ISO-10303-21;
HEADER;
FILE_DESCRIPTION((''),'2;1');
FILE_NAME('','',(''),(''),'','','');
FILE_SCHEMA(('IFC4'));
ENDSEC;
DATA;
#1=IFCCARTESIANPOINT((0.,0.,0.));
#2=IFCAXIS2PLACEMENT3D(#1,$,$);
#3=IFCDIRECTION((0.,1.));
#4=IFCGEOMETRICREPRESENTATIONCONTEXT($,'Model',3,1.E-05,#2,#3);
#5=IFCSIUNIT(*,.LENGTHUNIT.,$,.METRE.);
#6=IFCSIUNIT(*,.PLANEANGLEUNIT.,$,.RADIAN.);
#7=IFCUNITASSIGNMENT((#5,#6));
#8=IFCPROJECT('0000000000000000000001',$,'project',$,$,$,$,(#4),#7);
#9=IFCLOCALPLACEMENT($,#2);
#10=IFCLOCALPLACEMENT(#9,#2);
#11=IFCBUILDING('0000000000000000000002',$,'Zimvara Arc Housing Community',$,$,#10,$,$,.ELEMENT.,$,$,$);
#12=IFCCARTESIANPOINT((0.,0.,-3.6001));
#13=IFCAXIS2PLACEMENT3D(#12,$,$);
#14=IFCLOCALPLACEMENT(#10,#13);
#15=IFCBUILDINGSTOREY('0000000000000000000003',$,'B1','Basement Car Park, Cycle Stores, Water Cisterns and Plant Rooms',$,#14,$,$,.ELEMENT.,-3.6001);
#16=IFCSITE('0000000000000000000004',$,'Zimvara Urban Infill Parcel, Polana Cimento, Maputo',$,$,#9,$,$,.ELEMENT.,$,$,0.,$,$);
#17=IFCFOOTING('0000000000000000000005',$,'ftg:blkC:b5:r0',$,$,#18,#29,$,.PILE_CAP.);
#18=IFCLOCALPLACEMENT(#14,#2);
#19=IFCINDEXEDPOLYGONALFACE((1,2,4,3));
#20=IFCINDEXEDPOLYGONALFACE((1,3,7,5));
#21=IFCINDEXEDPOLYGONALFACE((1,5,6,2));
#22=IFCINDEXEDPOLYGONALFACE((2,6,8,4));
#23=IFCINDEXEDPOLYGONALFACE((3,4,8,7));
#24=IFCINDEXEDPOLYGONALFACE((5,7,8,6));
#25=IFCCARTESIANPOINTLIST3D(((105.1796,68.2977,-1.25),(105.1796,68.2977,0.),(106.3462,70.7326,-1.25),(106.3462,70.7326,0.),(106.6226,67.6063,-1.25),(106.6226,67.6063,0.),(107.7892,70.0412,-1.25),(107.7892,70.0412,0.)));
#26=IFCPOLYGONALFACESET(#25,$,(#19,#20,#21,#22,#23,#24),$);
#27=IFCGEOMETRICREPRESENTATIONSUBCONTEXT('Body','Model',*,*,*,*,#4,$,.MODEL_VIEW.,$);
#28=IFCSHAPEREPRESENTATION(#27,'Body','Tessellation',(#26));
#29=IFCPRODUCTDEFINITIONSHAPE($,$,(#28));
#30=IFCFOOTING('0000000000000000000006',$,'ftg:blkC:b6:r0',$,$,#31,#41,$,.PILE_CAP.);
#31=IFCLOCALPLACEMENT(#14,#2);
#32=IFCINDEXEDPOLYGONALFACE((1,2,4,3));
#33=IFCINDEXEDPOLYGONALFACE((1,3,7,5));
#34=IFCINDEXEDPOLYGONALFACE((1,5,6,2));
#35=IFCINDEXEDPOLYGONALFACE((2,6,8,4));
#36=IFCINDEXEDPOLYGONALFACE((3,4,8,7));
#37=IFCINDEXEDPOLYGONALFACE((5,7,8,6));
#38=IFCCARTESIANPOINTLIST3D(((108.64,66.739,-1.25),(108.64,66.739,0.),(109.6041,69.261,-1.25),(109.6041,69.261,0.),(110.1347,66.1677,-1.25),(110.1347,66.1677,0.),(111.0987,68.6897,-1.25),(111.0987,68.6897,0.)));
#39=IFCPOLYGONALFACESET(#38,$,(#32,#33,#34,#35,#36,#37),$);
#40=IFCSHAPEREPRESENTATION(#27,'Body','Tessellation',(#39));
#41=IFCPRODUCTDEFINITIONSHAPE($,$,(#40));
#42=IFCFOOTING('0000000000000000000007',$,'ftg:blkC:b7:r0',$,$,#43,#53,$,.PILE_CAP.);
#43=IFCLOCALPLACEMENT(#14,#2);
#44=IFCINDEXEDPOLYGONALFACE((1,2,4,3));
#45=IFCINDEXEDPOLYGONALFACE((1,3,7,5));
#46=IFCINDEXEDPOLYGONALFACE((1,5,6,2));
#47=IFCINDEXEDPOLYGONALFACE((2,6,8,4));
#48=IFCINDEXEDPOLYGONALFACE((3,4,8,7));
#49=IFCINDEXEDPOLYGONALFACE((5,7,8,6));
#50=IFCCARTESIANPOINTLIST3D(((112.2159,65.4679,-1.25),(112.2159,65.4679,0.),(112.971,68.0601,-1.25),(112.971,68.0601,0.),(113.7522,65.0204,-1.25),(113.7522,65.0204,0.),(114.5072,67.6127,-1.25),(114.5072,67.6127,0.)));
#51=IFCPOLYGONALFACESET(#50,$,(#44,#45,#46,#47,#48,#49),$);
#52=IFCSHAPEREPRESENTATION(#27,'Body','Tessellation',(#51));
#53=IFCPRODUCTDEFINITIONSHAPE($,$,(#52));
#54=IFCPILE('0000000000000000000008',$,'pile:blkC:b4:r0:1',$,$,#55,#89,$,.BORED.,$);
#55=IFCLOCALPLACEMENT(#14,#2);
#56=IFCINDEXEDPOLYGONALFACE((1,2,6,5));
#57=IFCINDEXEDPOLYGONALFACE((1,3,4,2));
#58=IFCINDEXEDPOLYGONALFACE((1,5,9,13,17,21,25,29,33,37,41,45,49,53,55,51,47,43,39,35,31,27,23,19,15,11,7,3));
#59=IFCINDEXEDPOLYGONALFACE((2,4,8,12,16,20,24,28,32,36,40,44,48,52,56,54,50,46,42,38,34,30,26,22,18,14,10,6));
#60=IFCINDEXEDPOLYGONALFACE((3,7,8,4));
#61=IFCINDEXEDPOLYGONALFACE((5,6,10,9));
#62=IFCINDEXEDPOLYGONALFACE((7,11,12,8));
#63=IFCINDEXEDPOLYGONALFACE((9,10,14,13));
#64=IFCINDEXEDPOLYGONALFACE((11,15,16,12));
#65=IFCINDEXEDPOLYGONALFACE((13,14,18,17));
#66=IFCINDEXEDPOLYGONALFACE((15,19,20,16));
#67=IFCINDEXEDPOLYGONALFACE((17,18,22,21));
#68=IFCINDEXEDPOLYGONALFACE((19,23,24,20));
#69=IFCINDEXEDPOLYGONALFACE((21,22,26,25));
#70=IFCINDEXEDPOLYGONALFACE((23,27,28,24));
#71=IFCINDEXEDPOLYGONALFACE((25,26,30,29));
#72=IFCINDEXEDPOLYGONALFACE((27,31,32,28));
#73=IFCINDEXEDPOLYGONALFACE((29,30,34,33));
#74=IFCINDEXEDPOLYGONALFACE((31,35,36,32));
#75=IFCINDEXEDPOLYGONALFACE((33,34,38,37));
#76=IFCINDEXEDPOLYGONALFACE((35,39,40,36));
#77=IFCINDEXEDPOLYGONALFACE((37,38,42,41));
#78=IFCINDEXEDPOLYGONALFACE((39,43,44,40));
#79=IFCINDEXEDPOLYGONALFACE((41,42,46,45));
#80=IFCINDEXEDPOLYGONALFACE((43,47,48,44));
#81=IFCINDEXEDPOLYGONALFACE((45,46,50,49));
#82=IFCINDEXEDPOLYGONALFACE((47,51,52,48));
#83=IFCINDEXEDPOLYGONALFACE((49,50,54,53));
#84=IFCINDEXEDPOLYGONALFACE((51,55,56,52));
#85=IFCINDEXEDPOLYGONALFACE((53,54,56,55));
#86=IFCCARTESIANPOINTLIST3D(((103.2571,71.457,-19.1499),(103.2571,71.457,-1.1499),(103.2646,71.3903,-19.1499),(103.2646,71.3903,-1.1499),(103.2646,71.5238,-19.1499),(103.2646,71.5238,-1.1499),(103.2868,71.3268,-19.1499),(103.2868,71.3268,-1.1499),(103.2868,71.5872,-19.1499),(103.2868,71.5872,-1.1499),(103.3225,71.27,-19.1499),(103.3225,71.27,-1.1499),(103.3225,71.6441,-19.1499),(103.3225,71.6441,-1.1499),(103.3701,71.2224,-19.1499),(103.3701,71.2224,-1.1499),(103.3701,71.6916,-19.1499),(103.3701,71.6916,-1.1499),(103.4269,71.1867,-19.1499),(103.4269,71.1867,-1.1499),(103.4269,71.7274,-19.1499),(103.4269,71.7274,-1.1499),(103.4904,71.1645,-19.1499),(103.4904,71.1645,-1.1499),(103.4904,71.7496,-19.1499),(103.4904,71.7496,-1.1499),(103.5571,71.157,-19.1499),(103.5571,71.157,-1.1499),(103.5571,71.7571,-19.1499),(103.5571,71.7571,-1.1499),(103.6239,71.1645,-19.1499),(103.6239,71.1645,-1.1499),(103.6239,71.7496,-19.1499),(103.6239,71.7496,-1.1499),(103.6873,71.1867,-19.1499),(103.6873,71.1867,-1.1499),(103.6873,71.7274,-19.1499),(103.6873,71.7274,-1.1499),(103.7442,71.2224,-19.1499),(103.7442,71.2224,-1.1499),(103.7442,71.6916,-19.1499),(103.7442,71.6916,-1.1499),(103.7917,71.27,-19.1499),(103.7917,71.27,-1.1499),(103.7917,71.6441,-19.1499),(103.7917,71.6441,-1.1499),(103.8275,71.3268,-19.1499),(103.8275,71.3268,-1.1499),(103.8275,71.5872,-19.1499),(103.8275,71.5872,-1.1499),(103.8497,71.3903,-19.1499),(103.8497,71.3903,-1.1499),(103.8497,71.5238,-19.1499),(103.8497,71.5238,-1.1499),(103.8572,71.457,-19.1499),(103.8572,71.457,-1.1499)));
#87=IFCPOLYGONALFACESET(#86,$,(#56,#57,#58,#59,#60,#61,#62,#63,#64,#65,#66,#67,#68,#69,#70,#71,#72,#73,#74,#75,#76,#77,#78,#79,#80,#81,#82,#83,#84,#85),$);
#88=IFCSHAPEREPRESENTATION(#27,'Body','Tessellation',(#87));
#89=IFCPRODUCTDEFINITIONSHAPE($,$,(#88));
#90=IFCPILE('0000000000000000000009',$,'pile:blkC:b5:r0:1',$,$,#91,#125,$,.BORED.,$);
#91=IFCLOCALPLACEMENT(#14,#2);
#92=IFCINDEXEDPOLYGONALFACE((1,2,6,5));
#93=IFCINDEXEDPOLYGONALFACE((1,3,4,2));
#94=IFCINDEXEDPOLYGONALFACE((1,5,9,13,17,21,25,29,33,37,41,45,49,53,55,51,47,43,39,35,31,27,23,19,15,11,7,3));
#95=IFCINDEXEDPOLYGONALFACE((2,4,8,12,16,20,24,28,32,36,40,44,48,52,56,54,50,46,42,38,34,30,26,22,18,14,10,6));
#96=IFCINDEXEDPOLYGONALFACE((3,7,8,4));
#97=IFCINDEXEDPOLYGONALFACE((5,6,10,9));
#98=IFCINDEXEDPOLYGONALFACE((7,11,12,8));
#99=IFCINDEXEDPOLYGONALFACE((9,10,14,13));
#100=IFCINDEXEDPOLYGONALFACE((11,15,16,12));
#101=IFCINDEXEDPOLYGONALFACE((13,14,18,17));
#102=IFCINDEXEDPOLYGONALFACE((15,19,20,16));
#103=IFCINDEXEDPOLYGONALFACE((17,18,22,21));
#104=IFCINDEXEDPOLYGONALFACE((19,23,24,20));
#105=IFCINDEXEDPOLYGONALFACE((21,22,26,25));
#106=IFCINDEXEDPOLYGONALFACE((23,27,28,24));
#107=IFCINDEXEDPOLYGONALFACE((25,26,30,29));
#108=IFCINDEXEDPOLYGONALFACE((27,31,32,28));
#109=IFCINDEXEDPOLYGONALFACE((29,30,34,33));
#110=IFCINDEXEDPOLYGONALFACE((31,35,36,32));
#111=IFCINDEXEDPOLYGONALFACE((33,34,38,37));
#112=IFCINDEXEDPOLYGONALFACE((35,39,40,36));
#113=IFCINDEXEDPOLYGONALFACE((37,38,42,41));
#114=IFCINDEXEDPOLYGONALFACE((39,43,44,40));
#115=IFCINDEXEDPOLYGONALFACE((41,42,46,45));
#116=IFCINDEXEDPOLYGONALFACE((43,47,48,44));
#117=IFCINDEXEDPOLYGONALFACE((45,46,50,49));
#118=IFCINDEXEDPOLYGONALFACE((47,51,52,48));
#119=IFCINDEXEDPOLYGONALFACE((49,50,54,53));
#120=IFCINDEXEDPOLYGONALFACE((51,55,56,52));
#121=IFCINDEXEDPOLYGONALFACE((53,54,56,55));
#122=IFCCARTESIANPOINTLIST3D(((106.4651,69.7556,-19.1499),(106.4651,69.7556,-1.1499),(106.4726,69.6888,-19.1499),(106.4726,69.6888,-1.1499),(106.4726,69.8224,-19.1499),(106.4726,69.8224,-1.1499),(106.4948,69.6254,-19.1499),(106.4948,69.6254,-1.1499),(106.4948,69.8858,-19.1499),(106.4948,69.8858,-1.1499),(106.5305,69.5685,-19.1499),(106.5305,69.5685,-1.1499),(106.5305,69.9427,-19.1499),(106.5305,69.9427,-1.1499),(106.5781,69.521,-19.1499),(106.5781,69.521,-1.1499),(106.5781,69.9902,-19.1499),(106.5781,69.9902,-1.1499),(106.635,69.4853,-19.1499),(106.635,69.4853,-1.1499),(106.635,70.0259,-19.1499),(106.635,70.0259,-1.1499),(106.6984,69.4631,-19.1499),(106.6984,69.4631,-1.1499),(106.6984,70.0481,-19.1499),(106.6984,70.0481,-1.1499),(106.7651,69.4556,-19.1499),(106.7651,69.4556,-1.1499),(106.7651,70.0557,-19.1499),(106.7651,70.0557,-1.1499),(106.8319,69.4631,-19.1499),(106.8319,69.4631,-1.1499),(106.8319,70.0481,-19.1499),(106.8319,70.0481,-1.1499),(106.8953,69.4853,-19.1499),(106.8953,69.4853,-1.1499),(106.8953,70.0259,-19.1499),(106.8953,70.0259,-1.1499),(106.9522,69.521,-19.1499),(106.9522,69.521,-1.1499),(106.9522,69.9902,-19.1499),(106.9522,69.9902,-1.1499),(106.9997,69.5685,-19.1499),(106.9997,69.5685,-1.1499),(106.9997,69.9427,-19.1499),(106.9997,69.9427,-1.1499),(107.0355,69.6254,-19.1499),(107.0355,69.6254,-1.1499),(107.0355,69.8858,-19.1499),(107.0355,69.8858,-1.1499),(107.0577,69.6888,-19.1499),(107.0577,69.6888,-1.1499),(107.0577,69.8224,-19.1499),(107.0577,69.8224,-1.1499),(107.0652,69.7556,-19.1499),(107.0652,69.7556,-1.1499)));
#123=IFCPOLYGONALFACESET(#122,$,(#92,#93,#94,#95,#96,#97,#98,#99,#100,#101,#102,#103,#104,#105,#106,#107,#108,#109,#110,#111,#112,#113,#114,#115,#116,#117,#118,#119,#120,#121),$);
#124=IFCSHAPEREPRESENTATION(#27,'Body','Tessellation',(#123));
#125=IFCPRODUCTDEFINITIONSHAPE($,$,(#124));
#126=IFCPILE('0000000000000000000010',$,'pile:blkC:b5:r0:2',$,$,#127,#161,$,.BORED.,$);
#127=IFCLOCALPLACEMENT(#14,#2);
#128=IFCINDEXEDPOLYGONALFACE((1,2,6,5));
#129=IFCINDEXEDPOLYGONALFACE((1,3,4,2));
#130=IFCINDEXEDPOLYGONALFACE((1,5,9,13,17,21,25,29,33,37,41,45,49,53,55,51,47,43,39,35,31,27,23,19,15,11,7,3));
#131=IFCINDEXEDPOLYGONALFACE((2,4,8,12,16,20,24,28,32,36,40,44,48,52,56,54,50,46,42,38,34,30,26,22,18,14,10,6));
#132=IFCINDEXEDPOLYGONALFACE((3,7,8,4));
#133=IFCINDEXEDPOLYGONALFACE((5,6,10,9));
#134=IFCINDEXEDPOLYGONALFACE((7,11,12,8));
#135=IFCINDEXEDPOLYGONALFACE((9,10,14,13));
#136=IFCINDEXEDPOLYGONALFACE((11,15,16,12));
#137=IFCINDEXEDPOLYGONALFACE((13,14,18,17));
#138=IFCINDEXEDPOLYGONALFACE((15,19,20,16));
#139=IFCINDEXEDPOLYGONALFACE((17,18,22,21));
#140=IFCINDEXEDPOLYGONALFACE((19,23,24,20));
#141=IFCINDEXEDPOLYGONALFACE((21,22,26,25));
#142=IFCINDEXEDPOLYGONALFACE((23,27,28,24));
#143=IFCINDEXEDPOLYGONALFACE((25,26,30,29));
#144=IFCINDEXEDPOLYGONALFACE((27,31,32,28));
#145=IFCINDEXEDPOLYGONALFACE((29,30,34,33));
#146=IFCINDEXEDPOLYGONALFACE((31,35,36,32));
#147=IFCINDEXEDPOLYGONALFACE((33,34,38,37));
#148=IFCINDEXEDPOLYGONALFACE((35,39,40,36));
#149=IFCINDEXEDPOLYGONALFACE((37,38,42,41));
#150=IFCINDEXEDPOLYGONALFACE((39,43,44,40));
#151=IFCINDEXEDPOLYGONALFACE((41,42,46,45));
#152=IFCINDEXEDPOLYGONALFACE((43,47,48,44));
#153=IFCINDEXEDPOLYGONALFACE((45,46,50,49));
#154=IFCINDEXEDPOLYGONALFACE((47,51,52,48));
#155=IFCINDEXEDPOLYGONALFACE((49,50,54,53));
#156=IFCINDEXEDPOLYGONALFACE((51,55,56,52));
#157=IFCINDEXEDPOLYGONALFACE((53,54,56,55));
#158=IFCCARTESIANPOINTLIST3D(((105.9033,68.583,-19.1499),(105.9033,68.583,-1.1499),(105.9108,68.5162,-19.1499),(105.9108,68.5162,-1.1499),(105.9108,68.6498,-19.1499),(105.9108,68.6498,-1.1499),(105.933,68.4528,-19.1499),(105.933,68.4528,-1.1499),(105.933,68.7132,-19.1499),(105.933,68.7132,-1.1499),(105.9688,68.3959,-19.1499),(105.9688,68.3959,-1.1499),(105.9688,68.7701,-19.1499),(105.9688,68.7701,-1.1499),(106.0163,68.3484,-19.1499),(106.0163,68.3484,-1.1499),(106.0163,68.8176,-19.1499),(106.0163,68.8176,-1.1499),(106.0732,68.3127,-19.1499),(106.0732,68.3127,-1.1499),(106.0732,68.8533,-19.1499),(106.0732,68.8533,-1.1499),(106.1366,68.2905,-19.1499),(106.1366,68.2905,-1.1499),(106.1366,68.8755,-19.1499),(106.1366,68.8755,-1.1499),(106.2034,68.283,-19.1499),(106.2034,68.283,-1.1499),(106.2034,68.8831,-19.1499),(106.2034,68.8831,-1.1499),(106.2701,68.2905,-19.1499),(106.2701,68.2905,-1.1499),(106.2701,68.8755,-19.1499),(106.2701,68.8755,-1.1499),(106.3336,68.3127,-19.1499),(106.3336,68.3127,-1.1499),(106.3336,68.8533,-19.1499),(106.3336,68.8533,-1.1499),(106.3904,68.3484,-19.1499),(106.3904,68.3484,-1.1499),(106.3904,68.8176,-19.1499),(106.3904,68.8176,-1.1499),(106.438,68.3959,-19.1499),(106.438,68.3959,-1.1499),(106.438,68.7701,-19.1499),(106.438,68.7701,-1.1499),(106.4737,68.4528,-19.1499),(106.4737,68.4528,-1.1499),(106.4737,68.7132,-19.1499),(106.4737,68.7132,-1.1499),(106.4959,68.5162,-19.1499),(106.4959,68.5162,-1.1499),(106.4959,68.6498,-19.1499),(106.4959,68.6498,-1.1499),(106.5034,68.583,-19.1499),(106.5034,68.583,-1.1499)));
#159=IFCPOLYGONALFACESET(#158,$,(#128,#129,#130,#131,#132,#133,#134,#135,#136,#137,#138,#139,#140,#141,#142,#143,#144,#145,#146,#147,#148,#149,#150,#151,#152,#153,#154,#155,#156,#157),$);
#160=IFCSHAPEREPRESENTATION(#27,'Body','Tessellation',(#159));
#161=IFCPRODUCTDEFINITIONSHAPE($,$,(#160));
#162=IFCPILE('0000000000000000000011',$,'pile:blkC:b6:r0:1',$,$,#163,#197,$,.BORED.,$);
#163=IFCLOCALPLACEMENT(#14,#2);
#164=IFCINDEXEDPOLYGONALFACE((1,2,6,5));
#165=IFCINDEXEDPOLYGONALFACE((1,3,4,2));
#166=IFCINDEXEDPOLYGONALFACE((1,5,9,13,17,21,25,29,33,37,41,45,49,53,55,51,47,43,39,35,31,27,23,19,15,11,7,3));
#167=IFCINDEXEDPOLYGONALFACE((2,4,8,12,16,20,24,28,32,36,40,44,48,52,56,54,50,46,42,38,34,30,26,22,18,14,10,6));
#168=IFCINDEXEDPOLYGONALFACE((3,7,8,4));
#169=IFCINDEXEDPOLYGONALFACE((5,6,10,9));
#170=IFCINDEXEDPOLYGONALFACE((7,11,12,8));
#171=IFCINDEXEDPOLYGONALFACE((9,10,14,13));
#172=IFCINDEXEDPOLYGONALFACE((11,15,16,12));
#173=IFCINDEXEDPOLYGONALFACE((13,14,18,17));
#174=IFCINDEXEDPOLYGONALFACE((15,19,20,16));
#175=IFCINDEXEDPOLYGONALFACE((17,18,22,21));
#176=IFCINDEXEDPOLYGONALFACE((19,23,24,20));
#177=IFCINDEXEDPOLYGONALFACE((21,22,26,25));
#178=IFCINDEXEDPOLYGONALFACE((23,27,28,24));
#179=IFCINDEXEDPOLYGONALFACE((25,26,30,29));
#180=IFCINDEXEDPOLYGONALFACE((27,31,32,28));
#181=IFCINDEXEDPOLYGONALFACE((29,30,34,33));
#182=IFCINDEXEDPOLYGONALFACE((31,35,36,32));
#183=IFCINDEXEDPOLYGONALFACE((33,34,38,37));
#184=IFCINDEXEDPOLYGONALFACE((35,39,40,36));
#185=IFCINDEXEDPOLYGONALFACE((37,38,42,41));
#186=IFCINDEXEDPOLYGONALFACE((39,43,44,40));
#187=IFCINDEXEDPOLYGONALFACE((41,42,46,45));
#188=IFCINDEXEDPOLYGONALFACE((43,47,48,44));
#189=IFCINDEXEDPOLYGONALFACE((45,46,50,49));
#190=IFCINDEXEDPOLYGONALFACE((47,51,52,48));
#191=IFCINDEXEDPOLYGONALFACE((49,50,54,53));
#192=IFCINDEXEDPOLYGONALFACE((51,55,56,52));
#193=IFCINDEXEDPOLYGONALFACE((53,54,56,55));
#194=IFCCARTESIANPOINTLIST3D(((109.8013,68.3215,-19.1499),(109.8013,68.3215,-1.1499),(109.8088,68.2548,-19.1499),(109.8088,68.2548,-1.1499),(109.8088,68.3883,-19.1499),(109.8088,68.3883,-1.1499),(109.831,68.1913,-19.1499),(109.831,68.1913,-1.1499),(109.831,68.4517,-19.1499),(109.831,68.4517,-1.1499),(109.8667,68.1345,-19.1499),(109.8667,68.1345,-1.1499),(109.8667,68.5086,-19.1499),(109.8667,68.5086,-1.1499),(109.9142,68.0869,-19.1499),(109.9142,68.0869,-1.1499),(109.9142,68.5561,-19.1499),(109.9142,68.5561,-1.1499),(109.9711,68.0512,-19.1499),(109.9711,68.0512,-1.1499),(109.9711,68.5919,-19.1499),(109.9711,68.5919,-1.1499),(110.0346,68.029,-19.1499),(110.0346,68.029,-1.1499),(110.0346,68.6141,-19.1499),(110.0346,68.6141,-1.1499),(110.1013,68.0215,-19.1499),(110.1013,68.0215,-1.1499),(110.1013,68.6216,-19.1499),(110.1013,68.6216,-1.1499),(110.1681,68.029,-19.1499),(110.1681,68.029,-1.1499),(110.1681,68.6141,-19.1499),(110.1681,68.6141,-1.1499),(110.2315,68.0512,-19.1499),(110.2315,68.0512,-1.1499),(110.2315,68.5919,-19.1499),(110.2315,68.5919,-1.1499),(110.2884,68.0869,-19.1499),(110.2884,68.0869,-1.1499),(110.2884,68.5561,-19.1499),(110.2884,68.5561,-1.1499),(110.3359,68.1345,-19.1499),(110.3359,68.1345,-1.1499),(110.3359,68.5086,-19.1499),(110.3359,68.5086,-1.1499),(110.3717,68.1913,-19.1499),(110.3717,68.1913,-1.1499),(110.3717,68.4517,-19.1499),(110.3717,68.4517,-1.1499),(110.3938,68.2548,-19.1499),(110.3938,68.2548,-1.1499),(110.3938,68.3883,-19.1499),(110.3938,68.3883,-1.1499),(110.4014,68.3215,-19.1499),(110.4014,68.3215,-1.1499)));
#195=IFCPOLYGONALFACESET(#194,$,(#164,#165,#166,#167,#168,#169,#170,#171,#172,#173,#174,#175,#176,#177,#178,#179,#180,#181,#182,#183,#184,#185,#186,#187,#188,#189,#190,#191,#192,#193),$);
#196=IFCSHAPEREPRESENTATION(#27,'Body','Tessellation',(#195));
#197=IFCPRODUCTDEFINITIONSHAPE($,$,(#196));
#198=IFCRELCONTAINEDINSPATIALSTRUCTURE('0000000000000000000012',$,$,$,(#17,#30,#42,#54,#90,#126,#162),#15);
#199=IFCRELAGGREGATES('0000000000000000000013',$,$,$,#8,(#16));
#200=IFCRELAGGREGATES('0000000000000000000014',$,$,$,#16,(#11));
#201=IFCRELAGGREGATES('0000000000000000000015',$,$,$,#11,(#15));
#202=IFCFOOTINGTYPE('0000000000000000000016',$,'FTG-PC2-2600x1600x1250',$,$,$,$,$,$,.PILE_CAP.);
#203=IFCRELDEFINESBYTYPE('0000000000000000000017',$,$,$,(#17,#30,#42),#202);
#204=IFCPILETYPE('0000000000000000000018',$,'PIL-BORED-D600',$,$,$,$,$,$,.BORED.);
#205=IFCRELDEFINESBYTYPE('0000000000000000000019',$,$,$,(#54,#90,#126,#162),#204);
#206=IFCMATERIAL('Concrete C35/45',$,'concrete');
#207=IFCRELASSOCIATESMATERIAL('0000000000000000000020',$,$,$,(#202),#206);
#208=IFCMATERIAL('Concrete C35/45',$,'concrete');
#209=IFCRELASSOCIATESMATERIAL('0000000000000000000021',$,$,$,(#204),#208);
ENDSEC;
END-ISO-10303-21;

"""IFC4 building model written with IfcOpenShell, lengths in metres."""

from ifc_helpers import new_model, si_unit, direction, frame, origin, origin_2d, place, context, subcontext, project, spatial, rectangle, circle, extrude, material, material_profile, profile_set, type_object, element, save


model = new_model("IFC4")

# Units and contexts
model_context = context("Model", 3, precision=1e-05, world=origin(), true_north=direction((0.0, 1.0)))
body_context = subcontext(model_context, "Body", "Model", "MODEL_VIEW")
ifc_project = project(units=[si_unit("LENGTHUNIT", "METRE"), si_unit("PLANEANGLEUNIT", "RADIAN")], contexts=[model_context])

# Site, building, storey
site_placement = place(None, origin())
site = spatial("IfcSite", under=ifc_project, at=site_placement, Name="Zimvara Urban Infill Parcel, Polana Cimento, Maputo", CompositionType="ELEMENT", RefElevation=0.0)
building_placement = place(site_placement, origin())
building = spatial("IfcBuilding", under=site, at=building_placement, Name="Zimvara Arc Housing Community", CompositionType="ELEMENT")
storey_placement = place(building_placement, frame((0.0, 0.0, -3.6001)))
storey = spatial("IfcBuildingStorey", under=building, at=storey_placement, Name="B1", Description="Basement Car Park, Cycle Stores, Water Cisterns and Plant Rooms", CompositionType="ELEMENT", Elevation=-3.6001)

# Footings
ifc_material_1 = material(Name="Concrete C35/45", Category="concrete")
footing_type = type_object("IfcFootingType", Name="FTG-PC2-2600x1600x1250", PredefinedType="PILE_CAP", material=ifc_material_1)
for number, where, z_axis, x_axis, name in (
    (1, (106.4844, 69.1694, -1.25), (0.0, 0.0, 1.0), (-0.432086, -0.901833, 0.0), "ftg:blkC:b5:r0"),
    (2, (109.8694, 67.7144, -1.25), (0.0, 0.0, 1.0), (-0.357064, -0.93408, 0.0), "ftg:blkC:b6:r0"),
    (3, (113.3616, 66.5403, -1.25), (0.0, 0.0, 1.0), (-0.279661, -0.960099, 0.0), "ftg:blkC:b7:r0"),
):
    element("IfcFooting", number, at=place(storey_placement, frame(where, z_axis=z_axis, x_axis=x_axis)), inside=storey, type_object=footing_type, Name=name, PredefinedType="PILE_CAP", context=body_context, shape_type="SweptSolid", body=[
        extrude(rectangle(XDim=2.7, YDim=1.6001, at=origin_2d()), origin(), (0.0, 0.0, 1.0), 1.25),
    ])

# Piles
ifc_material_2 = material(Name="Concrete C35/45", Category="concrete")
ifc_material_profile_1 = material_profile(ifc_material_2, circle(Radius=0.3, at=origin_2d()), Name="PILE D600")
ifc_profile_set_1 = profile_set([ifc_material_profile_1], Name="Concrete C35/45")
pile_type_1 = type_object("IfcPileType", Name="PIL-BORED-D600", PredefinedType="BORED", material=ifc_profile_set_1)
for number, where, z_axis, x_axis, name in (
    (4, (103.5571, 71.457, -1.1499), (0.0, 0.0, -1.0), (1.0, 0.0, 0.0), "pile:blkC:b4:r0:1"),
    (5, (106.7651, 69.7556, -1.1499), (0.0, 0.0, -1.0), (1.0, 0.0, 0.0), "pile:blkC:b5:r0:1"),
    (6, (106.2034, 68.583, -1.1499), (0.0, 0.0, -1.0), (1.0, 0.0, 0.0), "pile:blkC:b5:r0:2"),
    (7, (110.1013, 68.3215, -1.1499), (0.0, 0.0, -1.0), (1.0, 0.0, 0.0), "pile:blkC:b6:r0:1"),
):
    element("IfcPile", number, at=place(storey_placement, frame(where, z_axis=z_axis, x_axis=x_axis)), inside=storey, type_object=pile_type_1, Name=name, PredefinedType="BORED", context=body_context, shape_type="SweptSolid", body=[
        extrude(circle(Radius=0.3, at=origin_2d()), origin(), (0.0, 0.0, 1.0), 18.0),
    ])

save(model, "model.ifc")
